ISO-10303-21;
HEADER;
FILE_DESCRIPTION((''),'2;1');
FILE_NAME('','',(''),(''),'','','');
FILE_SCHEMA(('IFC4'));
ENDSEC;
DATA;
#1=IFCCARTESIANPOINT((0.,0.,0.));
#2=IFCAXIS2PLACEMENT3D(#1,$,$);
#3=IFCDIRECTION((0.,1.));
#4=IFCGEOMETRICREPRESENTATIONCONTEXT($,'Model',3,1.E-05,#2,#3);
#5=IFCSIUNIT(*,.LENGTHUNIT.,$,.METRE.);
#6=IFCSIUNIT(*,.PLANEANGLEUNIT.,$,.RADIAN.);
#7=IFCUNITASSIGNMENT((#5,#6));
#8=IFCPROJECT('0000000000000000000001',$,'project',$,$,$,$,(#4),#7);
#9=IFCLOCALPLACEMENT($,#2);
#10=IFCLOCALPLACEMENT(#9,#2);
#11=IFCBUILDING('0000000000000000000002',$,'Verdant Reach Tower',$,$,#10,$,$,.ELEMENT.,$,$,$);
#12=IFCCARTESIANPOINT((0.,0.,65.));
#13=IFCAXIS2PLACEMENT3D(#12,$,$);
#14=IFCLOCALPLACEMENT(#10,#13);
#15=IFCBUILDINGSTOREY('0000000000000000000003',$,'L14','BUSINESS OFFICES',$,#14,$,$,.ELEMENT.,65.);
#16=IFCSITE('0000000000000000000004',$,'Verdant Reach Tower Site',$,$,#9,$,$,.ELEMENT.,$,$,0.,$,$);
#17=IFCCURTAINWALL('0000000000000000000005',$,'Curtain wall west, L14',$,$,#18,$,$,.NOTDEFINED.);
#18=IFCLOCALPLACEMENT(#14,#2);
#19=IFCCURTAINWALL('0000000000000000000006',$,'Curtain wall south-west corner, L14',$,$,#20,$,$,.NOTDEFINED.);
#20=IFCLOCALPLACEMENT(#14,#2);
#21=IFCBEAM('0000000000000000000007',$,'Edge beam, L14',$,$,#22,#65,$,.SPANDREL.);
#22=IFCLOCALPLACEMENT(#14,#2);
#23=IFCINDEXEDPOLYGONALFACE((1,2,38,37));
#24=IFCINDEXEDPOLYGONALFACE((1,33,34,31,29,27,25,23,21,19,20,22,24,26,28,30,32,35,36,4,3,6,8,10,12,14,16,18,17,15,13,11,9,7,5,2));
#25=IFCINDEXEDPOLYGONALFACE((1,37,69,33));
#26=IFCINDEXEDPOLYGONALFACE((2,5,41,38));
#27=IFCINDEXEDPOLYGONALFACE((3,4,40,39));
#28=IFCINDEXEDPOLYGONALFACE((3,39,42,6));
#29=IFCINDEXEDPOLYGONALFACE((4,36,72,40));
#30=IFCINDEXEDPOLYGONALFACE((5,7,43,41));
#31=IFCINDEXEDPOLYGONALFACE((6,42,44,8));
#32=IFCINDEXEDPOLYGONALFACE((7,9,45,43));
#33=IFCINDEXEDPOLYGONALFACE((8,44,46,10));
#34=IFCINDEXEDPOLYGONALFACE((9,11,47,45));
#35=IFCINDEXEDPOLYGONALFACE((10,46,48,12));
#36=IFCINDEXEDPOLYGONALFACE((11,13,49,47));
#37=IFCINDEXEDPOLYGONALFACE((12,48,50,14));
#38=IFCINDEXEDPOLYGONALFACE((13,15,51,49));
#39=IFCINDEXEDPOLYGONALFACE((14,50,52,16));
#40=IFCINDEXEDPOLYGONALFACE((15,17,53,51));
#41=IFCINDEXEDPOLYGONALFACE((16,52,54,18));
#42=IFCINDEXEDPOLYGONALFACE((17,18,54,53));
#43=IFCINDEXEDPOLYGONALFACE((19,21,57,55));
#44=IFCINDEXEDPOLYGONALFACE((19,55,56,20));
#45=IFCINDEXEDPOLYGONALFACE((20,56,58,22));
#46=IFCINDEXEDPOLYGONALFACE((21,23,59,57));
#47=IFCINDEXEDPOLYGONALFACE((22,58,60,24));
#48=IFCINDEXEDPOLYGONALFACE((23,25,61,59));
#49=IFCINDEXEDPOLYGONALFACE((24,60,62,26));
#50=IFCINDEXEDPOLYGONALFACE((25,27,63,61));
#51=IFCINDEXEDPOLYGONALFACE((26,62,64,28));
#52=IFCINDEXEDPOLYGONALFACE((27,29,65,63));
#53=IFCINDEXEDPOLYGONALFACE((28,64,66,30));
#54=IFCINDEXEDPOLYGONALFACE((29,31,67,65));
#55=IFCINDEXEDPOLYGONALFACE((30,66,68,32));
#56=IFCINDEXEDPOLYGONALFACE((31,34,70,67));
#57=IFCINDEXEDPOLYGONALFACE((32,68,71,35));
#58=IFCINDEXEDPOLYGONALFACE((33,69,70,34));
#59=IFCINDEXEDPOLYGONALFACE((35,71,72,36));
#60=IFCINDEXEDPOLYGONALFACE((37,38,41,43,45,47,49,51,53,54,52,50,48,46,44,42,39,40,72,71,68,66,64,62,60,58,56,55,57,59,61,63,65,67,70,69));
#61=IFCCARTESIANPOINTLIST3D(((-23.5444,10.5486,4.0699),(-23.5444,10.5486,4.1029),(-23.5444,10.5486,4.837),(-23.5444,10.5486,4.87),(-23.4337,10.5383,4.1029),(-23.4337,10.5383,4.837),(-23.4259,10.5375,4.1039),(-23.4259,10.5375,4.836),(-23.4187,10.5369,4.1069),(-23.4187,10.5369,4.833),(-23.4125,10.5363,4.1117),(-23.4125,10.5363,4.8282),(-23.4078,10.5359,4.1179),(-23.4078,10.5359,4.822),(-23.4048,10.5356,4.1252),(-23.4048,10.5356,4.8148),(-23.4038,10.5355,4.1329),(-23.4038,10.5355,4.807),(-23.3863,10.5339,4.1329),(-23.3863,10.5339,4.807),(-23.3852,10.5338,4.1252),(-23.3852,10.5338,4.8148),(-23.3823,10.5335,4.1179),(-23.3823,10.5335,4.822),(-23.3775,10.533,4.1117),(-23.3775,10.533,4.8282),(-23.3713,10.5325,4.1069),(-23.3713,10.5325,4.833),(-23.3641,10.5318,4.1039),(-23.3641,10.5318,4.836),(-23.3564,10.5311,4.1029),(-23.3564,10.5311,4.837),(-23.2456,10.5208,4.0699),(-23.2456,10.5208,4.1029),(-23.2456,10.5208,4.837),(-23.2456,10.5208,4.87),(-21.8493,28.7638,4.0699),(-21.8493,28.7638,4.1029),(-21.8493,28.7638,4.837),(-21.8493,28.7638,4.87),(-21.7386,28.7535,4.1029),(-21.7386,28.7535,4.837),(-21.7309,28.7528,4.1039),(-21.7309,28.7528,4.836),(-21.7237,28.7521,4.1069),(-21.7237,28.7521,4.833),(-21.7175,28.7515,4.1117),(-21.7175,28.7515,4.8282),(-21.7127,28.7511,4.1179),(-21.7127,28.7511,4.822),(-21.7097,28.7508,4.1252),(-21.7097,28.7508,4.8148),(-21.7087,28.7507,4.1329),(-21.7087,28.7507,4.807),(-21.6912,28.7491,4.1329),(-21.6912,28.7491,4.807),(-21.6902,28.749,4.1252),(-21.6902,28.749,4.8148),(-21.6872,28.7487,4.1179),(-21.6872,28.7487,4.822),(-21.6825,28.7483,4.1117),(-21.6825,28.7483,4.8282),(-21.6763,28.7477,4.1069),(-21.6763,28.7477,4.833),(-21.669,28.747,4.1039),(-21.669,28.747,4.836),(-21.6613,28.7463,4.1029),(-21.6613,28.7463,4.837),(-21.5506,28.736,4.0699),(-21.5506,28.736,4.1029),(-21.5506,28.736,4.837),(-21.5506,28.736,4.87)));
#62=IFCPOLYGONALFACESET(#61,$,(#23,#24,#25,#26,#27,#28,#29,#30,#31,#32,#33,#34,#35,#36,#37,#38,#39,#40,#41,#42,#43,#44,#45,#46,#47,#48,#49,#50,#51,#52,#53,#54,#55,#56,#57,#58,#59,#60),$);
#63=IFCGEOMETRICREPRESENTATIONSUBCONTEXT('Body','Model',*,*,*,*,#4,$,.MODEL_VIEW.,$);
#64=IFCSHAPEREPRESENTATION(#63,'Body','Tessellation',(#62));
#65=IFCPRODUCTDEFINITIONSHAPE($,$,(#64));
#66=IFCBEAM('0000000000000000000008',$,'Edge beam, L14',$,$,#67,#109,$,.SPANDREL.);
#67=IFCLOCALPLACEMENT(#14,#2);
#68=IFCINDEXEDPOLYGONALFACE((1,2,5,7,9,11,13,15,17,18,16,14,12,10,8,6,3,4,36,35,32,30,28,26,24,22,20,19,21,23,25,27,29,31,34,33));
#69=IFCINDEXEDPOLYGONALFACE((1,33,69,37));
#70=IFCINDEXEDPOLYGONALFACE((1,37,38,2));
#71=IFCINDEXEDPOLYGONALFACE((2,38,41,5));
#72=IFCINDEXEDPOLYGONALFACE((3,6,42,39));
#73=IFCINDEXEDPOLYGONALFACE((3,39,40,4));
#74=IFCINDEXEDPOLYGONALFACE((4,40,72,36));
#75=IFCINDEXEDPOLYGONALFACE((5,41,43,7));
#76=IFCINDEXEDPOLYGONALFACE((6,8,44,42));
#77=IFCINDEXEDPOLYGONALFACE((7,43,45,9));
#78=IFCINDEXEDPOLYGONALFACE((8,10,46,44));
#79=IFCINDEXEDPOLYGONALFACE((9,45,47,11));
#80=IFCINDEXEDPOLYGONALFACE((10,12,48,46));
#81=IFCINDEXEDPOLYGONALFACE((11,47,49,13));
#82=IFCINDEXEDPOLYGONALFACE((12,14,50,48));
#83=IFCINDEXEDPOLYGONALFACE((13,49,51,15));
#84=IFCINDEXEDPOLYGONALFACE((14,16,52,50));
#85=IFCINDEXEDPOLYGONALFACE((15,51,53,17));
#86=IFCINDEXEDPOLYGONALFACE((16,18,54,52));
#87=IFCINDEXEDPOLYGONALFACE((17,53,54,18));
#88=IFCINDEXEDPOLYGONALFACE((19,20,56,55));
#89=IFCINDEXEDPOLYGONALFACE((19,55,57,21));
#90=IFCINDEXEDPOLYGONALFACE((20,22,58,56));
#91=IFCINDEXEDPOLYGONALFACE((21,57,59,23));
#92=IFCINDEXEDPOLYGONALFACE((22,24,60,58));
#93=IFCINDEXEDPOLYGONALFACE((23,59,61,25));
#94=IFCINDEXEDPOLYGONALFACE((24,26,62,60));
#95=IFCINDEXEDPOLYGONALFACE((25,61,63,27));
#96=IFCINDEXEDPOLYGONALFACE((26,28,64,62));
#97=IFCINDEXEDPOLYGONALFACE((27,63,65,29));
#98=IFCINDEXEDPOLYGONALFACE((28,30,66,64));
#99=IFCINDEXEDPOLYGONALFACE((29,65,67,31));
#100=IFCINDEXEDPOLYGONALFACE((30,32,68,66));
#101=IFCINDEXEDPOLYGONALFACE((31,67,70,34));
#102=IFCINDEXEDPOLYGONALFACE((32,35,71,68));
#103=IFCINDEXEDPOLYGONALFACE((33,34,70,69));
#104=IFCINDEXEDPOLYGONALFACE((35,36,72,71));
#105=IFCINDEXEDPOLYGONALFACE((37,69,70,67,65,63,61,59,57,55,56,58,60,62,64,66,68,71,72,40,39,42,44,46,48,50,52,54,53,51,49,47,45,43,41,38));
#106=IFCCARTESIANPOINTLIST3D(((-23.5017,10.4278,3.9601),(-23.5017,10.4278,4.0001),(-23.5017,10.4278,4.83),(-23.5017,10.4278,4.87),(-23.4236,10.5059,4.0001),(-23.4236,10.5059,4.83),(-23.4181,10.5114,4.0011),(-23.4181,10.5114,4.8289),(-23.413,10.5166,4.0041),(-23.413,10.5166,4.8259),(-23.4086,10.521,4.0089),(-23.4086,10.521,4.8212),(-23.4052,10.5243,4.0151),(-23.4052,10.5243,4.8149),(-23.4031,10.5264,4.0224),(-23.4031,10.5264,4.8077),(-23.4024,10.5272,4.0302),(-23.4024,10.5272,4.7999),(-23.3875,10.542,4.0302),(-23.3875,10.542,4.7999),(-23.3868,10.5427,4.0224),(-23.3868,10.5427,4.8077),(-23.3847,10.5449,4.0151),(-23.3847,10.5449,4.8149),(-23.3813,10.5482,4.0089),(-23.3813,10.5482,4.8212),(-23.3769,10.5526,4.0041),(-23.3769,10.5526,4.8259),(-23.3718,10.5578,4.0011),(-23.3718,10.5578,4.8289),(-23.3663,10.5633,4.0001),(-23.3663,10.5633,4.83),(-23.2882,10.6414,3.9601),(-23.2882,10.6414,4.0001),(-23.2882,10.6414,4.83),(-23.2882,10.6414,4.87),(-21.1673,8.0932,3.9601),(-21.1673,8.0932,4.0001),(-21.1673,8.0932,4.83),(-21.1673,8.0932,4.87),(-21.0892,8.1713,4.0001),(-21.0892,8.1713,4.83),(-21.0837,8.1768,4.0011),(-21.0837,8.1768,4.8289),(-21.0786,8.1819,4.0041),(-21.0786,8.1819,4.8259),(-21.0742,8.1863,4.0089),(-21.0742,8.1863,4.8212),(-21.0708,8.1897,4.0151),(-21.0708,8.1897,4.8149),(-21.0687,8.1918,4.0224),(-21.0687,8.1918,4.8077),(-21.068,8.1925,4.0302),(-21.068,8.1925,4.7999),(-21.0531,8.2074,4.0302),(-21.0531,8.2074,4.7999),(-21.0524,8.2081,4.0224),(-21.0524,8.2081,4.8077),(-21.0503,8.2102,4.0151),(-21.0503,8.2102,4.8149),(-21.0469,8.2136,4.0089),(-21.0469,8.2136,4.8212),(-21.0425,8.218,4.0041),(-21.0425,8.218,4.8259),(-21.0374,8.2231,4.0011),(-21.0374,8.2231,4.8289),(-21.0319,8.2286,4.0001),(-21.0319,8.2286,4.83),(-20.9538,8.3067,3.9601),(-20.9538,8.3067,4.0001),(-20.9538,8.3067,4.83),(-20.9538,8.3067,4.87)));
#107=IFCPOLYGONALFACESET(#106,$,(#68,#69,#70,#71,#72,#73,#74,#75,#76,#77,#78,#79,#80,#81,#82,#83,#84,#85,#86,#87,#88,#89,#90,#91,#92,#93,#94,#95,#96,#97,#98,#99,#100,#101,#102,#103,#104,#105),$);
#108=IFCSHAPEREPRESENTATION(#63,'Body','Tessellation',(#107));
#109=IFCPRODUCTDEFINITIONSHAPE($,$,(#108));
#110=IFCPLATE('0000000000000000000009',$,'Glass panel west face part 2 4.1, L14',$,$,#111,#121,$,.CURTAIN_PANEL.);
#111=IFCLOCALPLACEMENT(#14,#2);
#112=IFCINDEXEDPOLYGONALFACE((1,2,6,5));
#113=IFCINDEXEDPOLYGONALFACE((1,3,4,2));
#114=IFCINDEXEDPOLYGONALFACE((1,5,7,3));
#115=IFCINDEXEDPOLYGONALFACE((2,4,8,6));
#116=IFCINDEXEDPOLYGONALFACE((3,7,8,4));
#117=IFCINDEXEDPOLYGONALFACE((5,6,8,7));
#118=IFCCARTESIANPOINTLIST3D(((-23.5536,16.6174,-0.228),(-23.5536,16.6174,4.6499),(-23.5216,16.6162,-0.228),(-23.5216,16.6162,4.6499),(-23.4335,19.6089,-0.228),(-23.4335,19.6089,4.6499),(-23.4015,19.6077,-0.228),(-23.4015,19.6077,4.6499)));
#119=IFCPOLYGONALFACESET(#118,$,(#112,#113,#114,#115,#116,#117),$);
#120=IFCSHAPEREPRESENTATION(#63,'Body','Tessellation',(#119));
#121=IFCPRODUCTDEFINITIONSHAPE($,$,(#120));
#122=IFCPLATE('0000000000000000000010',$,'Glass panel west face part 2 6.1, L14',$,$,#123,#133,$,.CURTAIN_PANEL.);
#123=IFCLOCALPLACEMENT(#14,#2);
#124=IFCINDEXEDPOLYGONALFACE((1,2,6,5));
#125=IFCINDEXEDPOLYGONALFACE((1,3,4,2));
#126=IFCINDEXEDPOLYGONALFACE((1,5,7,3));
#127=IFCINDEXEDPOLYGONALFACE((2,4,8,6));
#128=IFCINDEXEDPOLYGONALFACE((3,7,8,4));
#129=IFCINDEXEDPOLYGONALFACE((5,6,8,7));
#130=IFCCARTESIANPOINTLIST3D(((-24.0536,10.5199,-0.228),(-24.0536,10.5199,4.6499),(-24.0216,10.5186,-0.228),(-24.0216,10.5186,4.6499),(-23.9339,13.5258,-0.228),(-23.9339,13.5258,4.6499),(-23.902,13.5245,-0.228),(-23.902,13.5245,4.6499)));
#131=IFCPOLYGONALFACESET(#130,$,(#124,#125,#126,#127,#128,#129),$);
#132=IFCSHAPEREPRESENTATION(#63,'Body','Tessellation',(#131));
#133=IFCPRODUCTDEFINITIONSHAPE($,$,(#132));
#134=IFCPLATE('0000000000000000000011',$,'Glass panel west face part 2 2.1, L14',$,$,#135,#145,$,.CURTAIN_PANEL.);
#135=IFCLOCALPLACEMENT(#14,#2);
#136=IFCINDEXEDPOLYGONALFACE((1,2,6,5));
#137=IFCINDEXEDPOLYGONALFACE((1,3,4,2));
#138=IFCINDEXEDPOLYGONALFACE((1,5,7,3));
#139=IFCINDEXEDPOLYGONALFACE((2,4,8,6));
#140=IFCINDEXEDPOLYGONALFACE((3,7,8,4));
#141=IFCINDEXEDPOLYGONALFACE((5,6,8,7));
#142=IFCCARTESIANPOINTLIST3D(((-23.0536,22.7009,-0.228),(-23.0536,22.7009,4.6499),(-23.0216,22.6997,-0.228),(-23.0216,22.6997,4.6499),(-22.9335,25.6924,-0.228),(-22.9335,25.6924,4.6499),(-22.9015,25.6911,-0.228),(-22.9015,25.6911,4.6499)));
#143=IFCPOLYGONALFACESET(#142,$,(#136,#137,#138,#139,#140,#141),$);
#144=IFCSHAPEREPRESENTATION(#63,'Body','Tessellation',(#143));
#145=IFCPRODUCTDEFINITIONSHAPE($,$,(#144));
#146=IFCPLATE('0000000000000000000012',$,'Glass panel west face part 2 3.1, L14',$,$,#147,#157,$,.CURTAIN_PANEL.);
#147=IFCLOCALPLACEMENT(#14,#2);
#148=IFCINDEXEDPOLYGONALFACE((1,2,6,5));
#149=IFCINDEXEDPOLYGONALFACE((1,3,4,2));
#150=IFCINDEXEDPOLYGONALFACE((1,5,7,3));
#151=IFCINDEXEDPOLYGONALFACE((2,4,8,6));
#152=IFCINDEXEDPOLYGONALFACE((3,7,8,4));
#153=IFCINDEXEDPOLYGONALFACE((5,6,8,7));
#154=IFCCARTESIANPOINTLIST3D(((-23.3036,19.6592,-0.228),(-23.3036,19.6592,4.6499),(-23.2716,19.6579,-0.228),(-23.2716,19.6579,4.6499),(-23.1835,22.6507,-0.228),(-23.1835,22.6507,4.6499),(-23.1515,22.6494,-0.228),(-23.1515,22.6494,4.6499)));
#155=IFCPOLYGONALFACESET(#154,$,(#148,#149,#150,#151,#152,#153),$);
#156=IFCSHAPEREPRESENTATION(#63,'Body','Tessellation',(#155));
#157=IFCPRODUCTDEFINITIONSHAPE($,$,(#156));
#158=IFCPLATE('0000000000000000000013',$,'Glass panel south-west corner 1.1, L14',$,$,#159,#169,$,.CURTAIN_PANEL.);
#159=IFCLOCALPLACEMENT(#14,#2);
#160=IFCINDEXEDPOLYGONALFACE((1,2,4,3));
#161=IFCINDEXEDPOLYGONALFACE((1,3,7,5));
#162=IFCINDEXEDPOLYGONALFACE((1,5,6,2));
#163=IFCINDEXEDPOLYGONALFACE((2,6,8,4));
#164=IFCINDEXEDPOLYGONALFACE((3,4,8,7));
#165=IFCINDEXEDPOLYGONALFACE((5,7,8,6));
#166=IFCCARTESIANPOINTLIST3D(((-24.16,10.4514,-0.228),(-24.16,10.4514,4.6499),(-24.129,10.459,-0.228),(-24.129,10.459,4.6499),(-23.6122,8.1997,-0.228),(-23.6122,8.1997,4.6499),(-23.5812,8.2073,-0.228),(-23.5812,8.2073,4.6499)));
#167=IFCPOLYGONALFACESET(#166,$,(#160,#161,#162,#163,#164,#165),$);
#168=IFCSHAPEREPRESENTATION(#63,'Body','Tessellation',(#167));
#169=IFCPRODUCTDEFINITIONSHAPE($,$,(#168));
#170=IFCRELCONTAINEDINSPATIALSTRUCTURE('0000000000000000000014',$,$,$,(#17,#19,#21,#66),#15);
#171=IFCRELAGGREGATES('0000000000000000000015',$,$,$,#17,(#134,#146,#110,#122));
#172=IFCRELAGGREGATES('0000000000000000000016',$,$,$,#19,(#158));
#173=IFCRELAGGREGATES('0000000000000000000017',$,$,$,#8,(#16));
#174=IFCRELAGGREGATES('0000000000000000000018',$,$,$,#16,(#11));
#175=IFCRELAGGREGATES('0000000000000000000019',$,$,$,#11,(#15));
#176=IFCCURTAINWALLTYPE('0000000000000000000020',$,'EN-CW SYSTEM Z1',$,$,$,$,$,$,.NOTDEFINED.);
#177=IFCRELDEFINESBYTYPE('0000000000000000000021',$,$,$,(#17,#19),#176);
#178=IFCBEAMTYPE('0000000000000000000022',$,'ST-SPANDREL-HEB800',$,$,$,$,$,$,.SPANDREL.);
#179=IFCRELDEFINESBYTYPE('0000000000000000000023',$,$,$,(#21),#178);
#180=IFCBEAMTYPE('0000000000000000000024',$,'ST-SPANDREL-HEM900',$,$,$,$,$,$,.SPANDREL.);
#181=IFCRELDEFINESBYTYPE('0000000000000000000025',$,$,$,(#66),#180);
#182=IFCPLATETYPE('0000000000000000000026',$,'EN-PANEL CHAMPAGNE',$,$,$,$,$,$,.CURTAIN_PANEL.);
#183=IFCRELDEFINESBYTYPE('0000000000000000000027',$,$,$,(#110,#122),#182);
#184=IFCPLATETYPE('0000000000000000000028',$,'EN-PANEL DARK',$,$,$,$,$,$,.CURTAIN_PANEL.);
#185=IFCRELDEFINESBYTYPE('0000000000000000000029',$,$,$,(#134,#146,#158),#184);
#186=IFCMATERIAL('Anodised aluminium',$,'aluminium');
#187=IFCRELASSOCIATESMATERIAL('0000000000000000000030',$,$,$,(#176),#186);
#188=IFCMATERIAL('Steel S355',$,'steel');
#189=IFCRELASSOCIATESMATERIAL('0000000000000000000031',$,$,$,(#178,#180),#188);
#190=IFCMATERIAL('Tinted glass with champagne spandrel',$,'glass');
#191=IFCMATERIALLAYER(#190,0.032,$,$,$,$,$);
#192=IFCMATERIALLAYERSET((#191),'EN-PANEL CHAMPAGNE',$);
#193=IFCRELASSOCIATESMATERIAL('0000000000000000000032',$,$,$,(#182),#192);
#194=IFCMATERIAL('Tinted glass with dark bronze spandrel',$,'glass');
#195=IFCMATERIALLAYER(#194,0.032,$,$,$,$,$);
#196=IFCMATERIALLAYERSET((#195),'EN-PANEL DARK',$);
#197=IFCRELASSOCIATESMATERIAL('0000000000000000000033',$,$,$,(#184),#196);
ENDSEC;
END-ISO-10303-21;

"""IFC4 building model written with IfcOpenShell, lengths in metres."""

from ifc_helpers import new_model, si_unit, direction, frame, origin, origin_2d, place, context, subcontext, project, spatial, rectangle, i_section, extrude, material, layer, layer_set, material_profile, profile_set, type_object, element, aggregate, save


model = new_model("IFC4")

# Units and contexts
model_context = context("Model", 3, precision=1e-05, world=origin(), true_north=direction((0.0, 1.0)))
body_context = subcontext(model_context, "Body", "Model", "MODEL_VIEW")
ifc_project = project(units=[si_unit("LENGTHUNIT", "METRE"), si_unit("PLANEANGLEUNIT", "RADIAN")], contexts=[model_context])

# Site, building, storey
site_placement = place(None, origin())
site = spatial("IfcSite", under=ifc_project, at=site_placement, Name="Verdant Reach Tower Site", CompositionType="ELEMENT", RefElevation=0.0)
building_placement = place(site_placement, origin())
building = spatial("IfcBuilding", under=site, at=building_placement, Name="Verdant Reach Tower", CompositionType="ELEMENT")
storey_placement = place(building_placement, frame((0.0, 0.0, 65.0)))
storey = spatial("IfcBuildingStorey", under=building, at=storey_placement, Name="L14", Description="BUSINESS OFFICES", CompositionType="ELEMENT", Elevation=65.0)

# Curtain wall
ifc_material_1 = material(Name="Anodised aluminium", Category="aluminium")
curtain_wall_type = type_object("IfcCurtainWallType", Name="EN-CW SYSTEM Z1", PredefinedType="NOTDEFINED", material=ifc_material_1)
curtain_wall_1_placement = place(storey_placement, origin())
curtain_wall_1 = element("IfcCurtainWall", 1, at=curtain_wall_1_placement, inside=storey, type_object=curtain_wall_type, Name="Curtain wall west, L14", PredefinedType="NOTDEFINED")

# Curtain wall
curtain_wall_2_placement = place(storey_placement, origin())
curtain_wall_2 = element("IfcCurtainWall", 2, at=curtain_wall_2_placement, inside=storey, type_object=curtain_wall_type, Name="Curtain wall south-west corner, L14", PredefinedType="NOTDEFINED")

# Beams
ifc_material_2 = material(Name="Steel S355", Category="steel")
ifc_material_profile_1 = material_profile(ifc_material_2, i_section(OverallWidth=0.3, OverallDepth=0.8, WebThickness=0.0176, FlangeThickness=0.033, FilletRadius=0.03, at=origin_2d()), Name="HEB 800")
ifc_profile_set_1 = profile_set([ifc_material_profile_1], Name="Steel S355")
beam_type_1 = type_object("IfcBeamType", Name="ST-SPANDREL-HEB800", PredefinedType="SPANDREL", material=ifc_profile_set_1)
beam_1_placement = place(storey_placement, frame((-23.395, 10.5347, 4.47), z_axis=(0.092657, 0.995698, 0.0), x_axis=(-0.995698, 0.092657, 0.0)))
element("IfcBeam", 3, at=beam_1_placement, inside=storey, type_object=beam_type_1, Name="Edge beam, L14", PredefinedType="SPANDREL", context=body_context, shape_type="SweptSolid", body=[
    extrude(i_section(OverallWidth=0.3, OverallDepth=0.8, WebThickness=0.0176, FlangeThickness=0.033, FilletRadius=0.03, at=origin_2d()), origin(), (0.0, 0.0, 1.0), 18.2939),
])
ifc_material_profile_2 = material_profile(ifc_material_2, i_section(OverallWidth=0.302, OverallDepth=0.9099, WebThickness=0.021, FlangeThickness=0.04, FilletRadius=0.03, at=origin_2d()), Name="HEM 900")
ifc_profile_set_2 = profile_set([ifc_material_profile_2], Name="Steel S355")
beam_type_2 = type_object("IfcBeamType", Name="ST-SPANDREL-HEM900", PredefinedType="SPANDREL", material=ifc_profile_set_2)
beam_2_placement = place(storey_placement, frame((-21.0605, 8.2, 4.415), z_axis=(-0.70707, 0.707144, 0.0), x_axis=(-0.707144, -0.70707, 0.0)))
element("IfcBeam", 4, at=beam_2_placement, inside=storey, type_object=beam_type_2, Name="Edge beam, L14", PredefinedType="SPANDREL", context=body_context, shape_type="SweptSolid", body=[
    extrude(i_section(OverallWidth=0.302, OverallDepth=0.9099, WebThickness=0.021, FlangeThickness=0.04, FilletRadius=0.03, at=origin_2d()), origin(), (0.0, 0.0, 1.0), 3.3015),
])

# Plates
ifc_material_3 = material(Name="Tinted glass with champagne spandrel", Category="glass")
ifc_layer_1 = layer(ifc_material_3, 0.032)
ifc_layer_set_1 = layer_set([ifc_layer_1], Name="EN-PANEL CHAMPAGNE")
plate_type_1 = type_object("IfcPlateType", Name="EN-PANEL CHAMPAGNE", PredefinedType="CURTAIN_PANEL", material=ifc_layer_set_1)
plate_1_placement = place(storey_placement, frame((-23.4775, 18.1125, -0.228), z_axis=(0.0, 0.0, 1.0), x_axis=(-0.040109, -0.999195, 0.0)))
plate_1 = element("IfcPlate", 5, at=plate_1_placement, type_object=plate_type_1, Name="Glass panel west face part 2 4.1, L14", PredefinedType="CURTAIN_PANEL", context=body_context, shape_type="SweptSolid", body=[
    extrude(rectangle(XDim=2.9939, YDim=0.032, at=origin_2d()), origin(), (0.0, 0.0, 1.0), 4.8779),
])
plate_2_placement = place(storey_placement, frame((-23.9778, 12.0222, -0.228), z_axis=(0.0, 0.0, 1.0), x_axis=(-0.039784, -0.999208, 0.0)))
plate_2 = element("IfcPlate", 6, at=plate_2_placement, type_object=plate_type_1, Name="Glass panel west face part 2 6.1, L14", PredefinedType="CURTAIN_PANEL", context=body_context, shape_type="SweptSolid", body=[
    extrude(rectangle(XDim=3.0083, YDim=0.032, at=origin_2d()), origin(), (0.0, 0.0, 1.0), 4.8779),
])
ifc_material_4 = material(Name="Tinted glass with dark bronze spandrel", Category="glass")
ifc_layer_2 = layer(ifc_material_4, 0.032)
ifc_layer_set_2 = layer_set([ifc_layer_2], Name="EN-PANEL DARK")
plate_type_2 = type_object("IfcPlateType", Name="EN-PANEL DARK", PredefinedType="CURTAIN_PANEL", material=ifc_layer_set_2)
plate_3_placement = place(storey_placement, frame((-22.9775, 24.196, -0.228), z_axis=(0.0, 0.0, 1.0), x_axis=(-0.040109, -0.999195, 0.0)))
plate_3 = element("IfcPlate", 7, at=plate_3_placement, type_object=plate_type_2, Name="Glass panel west face part 2 2.1, L14", PredefinedType="CURTAIN_PANEL", context=body_context, shape_type="SweptSolid", body=[
    extrude(rectangle(XDim=2.9939, YDim=0.032, at=origin_2d()), origin(), (0.0, 0.0, 1.0), 4.8779),
])
plate_4_placement = place(storey_placement, frame((-23.2275, 21.1543, -0.228), z_axis=(0.0, 0.0, 1.0), x_axis=(-0.040109, -0.999195, 0.0)))
plate_4 = element("IfcPlate", 8, at=plate_4_placement, type_object=plate_type_2, Name="Glass panel west face part 2 3.1, L14", PredefinedType="CURTAIN_PANEL", context=body_context, shape_type="SweptSolid", body=[
    extrude(rectangle(XDim=2.9939, YDim=0.032, at=origin_2d()), origin(), (0.0, 0.0, 1.0), 4.8779),
])
aggregate(curtain_wall_1, [plate_3, plate_4, plate_1, plate_2])
plate_5_placement = place(storey_placement, frame((-23.8706, 9.3293, -0.228), z_axis=(0.0, 0.0, 1.0), x_axis=(0.236383, -0.97166, 0.0)))
plate_5 = element("IfcPlate", 9, at=plate_5_placement, type_object=plate_type_2, Name="Glass panel south-west corner 1.1, L14", PredefinedType="CURTAIN_PANEL", context=body_context, shape_type="SweptSolid", body=[
    extrude(rectangle(XDim=2.3174, YDim=0.032, at=origin_2d()), origin(), (0.0, 0.0, 1.0), 4.8779),
])
aggregate(curtain_wall_2, [plate_5])

save(model, "model.ifc")
